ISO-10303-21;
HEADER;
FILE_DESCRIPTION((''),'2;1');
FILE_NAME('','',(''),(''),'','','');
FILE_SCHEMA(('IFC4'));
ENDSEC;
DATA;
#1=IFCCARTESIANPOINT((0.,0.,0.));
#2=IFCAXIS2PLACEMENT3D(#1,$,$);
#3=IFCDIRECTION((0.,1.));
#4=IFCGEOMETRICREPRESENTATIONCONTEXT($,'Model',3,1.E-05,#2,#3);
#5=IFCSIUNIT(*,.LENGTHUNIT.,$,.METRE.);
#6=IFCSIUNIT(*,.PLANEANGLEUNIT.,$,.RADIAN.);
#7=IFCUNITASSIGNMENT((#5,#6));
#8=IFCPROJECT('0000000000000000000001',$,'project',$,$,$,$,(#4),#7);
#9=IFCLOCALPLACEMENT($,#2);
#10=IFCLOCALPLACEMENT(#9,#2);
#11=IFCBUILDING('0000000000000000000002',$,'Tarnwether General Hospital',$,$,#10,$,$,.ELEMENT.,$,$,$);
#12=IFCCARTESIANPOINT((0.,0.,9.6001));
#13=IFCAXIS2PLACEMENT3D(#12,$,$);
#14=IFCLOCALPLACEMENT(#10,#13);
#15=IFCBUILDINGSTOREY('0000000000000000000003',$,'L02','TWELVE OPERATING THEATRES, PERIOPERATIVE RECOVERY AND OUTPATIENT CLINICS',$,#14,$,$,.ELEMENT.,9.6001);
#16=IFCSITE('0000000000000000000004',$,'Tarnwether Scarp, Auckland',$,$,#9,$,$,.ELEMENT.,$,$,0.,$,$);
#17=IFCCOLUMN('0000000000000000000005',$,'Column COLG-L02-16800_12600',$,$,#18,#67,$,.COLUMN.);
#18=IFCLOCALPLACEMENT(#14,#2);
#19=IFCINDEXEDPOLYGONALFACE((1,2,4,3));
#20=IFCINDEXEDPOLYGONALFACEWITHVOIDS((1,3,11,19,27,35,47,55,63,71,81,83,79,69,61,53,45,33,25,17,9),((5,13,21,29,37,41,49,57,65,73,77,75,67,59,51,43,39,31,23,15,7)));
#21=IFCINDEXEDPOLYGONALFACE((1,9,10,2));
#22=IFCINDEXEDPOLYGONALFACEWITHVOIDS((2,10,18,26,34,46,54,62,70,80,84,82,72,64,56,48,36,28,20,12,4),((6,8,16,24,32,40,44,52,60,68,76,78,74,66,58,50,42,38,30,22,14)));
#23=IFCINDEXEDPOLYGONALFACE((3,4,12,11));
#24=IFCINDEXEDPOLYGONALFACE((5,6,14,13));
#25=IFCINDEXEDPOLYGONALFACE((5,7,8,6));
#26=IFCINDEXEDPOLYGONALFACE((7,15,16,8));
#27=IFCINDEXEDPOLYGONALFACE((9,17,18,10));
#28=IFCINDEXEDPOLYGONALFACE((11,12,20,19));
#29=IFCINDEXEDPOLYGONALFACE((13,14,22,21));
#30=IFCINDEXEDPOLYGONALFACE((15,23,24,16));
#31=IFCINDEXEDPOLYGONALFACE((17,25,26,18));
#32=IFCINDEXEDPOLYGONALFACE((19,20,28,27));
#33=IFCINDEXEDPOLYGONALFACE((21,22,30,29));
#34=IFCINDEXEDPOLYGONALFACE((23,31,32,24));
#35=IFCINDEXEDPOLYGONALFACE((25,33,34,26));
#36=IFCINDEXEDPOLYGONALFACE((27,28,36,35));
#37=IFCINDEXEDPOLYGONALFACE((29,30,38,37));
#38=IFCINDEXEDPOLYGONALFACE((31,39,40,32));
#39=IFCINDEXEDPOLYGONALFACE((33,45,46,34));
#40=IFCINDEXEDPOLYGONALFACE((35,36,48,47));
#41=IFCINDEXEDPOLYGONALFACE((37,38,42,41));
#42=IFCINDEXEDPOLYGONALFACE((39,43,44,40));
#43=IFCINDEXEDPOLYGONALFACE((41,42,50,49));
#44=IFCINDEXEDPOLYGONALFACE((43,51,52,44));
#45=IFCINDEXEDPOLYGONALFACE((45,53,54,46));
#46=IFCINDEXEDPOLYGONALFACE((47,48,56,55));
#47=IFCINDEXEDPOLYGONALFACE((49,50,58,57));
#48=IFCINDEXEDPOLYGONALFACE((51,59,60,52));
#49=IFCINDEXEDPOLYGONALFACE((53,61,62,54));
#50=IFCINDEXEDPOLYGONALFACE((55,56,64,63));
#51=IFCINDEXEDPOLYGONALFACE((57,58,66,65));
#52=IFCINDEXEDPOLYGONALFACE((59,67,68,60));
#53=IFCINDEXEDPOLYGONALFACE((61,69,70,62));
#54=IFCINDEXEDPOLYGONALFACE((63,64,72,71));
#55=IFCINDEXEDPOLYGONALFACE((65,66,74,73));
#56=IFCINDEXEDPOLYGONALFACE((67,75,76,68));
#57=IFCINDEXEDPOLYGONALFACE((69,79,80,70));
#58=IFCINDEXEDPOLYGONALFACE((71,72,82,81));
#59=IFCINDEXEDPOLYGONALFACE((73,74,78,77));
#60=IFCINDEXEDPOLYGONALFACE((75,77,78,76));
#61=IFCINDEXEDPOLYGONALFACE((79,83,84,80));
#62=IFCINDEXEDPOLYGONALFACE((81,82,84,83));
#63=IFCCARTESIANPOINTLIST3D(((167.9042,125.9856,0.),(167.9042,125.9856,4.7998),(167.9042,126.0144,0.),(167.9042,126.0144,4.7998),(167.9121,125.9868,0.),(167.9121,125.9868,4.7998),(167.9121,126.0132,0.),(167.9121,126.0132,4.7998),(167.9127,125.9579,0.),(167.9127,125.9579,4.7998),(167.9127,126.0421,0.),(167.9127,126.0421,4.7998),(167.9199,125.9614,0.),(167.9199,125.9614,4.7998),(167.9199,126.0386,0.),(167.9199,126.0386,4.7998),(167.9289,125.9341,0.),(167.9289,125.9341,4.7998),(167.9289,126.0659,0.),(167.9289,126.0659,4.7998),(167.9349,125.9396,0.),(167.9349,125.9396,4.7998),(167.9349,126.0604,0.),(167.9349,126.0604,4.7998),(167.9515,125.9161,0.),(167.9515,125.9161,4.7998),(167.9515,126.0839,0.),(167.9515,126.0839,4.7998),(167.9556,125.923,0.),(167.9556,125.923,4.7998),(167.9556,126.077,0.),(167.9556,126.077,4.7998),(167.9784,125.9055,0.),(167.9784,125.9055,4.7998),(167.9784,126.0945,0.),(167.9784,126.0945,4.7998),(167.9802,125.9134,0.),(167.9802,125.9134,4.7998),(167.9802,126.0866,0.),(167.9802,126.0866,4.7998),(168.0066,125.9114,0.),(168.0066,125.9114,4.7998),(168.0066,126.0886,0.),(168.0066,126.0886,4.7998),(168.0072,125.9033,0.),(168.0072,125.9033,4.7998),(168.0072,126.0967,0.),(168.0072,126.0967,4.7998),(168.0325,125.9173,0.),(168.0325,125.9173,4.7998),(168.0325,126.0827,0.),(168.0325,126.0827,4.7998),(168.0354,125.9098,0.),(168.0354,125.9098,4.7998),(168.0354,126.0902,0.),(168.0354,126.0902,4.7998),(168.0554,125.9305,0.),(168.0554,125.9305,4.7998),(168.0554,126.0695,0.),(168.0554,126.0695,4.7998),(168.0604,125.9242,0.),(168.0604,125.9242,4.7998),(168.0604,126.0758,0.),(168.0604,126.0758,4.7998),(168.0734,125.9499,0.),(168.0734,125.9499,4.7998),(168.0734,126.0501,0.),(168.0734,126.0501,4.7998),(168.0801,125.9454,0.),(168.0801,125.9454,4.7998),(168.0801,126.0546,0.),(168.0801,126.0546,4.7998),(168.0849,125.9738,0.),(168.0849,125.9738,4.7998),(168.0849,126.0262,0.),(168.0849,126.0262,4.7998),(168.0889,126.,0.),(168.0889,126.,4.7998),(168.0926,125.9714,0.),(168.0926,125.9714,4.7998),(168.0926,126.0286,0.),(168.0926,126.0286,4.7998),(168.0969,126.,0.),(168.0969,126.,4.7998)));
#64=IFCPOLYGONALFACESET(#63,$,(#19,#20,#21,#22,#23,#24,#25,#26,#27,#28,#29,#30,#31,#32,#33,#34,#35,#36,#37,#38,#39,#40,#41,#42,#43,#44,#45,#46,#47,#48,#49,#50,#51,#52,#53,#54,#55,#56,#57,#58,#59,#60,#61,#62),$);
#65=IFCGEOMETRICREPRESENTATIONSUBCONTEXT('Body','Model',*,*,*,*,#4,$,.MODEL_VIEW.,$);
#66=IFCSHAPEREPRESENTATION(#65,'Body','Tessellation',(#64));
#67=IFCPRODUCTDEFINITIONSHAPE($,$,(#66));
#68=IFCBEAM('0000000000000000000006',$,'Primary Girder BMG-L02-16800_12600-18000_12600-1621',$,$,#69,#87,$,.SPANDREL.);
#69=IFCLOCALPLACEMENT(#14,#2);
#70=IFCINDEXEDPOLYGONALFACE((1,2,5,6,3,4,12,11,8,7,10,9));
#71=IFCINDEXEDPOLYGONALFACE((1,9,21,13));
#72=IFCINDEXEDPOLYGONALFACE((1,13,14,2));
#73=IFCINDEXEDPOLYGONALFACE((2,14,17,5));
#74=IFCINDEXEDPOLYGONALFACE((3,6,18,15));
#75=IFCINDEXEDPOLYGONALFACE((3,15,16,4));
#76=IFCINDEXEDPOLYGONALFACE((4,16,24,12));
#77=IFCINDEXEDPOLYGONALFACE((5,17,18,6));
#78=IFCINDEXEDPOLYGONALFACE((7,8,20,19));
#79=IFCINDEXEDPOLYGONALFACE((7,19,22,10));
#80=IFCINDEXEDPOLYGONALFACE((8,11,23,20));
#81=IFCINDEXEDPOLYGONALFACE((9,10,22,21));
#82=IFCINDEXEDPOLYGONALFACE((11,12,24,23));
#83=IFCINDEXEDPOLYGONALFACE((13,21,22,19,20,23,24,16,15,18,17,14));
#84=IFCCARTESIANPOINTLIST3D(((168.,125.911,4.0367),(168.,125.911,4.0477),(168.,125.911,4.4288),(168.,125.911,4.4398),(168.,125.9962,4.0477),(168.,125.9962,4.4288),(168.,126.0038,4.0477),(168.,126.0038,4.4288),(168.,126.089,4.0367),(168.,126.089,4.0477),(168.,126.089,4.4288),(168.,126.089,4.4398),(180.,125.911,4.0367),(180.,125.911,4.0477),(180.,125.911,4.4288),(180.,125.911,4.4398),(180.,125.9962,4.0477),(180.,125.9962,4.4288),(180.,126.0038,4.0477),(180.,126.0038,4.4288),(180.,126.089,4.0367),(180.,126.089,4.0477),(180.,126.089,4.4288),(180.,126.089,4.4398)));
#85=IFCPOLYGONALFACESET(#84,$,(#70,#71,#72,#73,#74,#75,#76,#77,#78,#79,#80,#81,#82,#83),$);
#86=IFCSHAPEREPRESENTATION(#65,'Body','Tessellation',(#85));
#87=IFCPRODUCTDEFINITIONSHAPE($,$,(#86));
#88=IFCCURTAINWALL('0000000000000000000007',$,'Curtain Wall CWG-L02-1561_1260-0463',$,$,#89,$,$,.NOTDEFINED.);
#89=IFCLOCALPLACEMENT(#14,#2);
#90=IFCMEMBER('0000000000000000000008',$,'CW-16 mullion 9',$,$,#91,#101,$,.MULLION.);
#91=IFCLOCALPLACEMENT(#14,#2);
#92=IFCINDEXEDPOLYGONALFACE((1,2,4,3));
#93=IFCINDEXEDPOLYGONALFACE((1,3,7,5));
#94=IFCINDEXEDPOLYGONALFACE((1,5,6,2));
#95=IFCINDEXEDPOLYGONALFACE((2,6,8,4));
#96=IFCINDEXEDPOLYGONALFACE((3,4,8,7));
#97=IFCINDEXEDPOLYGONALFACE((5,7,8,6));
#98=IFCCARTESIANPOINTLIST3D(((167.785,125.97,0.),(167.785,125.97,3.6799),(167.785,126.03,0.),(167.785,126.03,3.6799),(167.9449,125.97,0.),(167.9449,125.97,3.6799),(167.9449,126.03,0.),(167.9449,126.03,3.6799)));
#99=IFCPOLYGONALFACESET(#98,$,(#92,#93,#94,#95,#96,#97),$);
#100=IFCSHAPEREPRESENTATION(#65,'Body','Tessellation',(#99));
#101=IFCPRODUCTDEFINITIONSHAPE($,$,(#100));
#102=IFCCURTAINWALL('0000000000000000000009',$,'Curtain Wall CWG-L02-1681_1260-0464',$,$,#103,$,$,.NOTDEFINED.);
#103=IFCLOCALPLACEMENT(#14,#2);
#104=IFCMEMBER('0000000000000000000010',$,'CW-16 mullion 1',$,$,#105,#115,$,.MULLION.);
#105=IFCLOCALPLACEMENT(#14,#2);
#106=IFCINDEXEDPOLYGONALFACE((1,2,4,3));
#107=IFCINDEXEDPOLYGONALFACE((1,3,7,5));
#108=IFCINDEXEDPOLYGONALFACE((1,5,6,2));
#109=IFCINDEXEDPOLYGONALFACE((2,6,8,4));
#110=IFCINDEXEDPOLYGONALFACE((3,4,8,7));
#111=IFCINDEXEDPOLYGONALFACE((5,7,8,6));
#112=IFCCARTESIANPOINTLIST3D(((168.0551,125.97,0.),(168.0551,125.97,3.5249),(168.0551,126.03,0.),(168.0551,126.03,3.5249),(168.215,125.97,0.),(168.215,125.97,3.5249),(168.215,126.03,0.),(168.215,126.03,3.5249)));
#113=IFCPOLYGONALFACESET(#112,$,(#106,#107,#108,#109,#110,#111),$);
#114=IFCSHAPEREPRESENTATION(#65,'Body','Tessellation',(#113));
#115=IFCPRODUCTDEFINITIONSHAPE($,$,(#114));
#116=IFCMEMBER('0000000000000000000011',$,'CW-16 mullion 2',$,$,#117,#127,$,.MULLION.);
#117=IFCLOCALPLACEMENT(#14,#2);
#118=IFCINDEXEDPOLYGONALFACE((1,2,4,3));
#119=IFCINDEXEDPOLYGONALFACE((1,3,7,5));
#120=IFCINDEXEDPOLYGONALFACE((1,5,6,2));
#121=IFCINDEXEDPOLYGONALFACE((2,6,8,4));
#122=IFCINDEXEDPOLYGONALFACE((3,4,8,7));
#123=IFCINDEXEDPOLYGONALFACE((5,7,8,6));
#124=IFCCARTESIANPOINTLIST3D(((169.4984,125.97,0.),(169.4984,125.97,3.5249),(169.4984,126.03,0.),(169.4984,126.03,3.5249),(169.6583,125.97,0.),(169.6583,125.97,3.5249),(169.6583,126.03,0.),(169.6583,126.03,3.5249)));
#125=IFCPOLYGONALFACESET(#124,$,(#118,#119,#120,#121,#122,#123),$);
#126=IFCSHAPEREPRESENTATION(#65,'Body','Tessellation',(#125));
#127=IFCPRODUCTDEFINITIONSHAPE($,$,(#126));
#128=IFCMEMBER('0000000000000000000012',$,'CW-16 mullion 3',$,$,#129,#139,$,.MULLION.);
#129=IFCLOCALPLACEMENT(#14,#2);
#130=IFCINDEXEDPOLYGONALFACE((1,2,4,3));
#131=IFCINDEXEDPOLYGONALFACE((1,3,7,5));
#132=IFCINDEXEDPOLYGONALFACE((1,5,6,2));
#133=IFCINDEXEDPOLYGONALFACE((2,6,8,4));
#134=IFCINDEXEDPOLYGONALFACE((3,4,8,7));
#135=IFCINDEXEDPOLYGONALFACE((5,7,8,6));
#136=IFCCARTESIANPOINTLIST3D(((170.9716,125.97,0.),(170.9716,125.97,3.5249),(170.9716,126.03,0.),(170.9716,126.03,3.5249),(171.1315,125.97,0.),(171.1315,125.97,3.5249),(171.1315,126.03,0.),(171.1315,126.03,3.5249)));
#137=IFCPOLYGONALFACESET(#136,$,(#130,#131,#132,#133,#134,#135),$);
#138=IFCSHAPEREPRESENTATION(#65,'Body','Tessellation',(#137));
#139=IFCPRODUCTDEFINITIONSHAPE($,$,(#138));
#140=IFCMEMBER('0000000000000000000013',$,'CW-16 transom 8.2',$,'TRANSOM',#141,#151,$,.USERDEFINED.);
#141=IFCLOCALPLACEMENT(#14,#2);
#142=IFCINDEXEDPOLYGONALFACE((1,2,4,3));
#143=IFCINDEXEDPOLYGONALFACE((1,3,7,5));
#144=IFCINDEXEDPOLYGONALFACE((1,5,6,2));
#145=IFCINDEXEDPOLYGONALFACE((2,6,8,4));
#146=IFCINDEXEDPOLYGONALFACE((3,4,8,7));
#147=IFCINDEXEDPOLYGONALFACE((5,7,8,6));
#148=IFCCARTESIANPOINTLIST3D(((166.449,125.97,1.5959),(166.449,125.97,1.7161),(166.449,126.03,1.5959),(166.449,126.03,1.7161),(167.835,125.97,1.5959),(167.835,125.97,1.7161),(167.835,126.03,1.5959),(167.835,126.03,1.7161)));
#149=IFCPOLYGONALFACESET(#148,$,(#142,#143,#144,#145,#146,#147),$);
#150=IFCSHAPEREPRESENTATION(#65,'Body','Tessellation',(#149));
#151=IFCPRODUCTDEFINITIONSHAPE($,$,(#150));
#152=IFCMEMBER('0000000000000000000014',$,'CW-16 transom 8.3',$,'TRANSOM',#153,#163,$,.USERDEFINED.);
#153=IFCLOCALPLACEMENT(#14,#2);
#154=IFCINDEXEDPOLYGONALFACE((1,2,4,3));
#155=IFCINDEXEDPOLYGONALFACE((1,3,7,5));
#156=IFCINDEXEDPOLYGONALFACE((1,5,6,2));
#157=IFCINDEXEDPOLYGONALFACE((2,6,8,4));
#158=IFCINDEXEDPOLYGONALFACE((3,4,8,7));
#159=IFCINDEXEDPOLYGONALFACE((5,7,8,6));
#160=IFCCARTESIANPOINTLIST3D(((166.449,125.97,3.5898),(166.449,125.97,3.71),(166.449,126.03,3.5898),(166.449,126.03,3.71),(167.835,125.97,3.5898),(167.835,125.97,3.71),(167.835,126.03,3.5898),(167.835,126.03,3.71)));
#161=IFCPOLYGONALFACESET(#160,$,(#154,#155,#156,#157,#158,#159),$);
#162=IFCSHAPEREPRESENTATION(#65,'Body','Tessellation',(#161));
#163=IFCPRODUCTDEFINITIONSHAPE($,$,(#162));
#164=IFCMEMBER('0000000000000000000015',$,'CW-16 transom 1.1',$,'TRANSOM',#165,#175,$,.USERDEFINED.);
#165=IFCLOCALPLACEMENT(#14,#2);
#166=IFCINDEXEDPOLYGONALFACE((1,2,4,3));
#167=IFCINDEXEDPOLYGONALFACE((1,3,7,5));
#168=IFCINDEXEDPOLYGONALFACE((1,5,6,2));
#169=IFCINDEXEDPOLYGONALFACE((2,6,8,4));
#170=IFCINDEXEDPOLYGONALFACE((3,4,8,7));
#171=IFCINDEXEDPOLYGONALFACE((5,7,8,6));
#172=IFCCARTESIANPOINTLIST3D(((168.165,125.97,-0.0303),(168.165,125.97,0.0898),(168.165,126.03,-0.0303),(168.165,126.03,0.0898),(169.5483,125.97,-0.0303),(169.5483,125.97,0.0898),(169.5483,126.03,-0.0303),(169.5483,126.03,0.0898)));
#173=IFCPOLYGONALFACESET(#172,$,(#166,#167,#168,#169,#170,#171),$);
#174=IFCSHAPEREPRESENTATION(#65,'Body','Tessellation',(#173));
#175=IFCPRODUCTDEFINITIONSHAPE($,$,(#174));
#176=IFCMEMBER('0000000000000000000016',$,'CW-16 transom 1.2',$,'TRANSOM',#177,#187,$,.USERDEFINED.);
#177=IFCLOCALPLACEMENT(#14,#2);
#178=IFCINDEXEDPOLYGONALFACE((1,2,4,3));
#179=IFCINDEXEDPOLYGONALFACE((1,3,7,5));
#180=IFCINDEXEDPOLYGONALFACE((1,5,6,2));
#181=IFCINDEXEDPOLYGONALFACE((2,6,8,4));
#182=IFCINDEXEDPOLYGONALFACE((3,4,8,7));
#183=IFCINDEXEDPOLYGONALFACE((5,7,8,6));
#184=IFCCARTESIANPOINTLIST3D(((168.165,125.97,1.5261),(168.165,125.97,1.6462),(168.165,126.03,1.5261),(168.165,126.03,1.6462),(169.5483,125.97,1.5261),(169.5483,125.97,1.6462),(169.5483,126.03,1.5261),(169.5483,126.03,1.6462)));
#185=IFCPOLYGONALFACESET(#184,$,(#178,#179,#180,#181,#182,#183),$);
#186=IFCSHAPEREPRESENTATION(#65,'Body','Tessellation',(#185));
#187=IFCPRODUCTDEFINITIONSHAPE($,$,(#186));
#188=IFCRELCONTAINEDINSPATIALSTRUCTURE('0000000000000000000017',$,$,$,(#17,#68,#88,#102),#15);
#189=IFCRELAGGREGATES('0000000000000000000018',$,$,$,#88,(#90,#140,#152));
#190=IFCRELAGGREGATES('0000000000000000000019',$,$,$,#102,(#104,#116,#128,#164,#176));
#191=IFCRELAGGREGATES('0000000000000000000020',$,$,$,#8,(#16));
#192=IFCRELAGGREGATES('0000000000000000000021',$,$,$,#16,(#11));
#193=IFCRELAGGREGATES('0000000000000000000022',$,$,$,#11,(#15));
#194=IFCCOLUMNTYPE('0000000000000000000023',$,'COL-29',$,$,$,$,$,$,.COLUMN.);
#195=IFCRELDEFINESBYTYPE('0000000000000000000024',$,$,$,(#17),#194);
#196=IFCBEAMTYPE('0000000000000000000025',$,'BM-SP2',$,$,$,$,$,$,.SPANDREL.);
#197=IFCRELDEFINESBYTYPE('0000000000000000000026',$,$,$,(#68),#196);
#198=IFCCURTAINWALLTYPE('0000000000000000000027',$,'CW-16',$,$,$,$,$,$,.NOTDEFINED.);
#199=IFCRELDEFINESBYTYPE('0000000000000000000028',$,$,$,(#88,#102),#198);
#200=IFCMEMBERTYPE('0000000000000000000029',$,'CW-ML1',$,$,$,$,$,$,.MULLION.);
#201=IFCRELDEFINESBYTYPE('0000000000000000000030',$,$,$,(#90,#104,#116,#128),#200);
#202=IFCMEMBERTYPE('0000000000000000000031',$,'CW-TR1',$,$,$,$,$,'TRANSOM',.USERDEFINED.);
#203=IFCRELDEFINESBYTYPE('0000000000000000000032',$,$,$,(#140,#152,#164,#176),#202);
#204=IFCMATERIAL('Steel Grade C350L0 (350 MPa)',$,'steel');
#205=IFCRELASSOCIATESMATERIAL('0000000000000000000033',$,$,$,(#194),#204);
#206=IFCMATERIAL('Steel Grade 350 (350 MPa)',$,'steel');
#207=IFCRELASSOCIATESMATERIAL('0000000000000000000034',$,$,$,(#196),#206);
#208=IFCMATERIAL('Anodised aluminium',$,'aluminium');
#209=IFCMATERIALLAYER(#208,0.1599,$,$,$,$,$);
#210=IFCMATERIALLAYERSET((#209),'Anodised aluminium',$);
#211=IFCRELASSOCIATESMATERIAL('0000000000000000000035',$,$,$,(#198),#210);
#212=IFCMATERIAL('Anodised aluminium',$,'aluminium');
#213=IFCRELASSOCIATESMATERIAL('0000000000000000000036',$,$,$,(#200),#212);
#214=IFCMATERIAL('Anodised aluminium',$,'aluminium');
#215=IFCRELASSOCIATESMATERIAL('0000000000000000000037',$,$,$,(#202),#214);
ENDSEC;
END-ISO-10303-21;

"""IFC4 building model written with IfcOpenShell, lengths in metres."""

from ifc_helpers import new_model, si_unit, direction, frame, origin, origin_2d, place, context, subcontext, project, spatial, rectangle, hollow_circle, i_section, extrude, material, layer, layer_set, material_profile, profile_set, type_object, element, aggregate, save


model = new_model("IFC4")

# Units and contexts
model_context = context("Model", 3, precision=1e-05, world=origin(), true_north=direction((0.0, 1.0)))
body_context = subcontext(model_context, "Body", "Model", "MODEL_VIEW")
ifc_project = project(units=[si_unit("LENGTHUNIT", "METRE"), si_unit("PLANEANGLEUNIT", "RADIAN")], contexts=[model_context])

# Site, building, storey
site_placement = place(None, origin())
site = spatial("IfcSite", under=ifc_project, at=site_placement, Name="Tarnwether Scarp, Auckland", CompositionType="ELEMENT", RefElevation=0.0)
building_placement = place(site_placement, origin())
building = spatial("IfcBuilding", under=site, at=building_placement, Name="Tarnwether General Hospital", CompositionType="ELEMENT")
storey_placement = place(building_placement, frame((0.0, 0.0, 9.6001)))
storey = spatial("IfcBuildingStorey", under=building, at=storey_placement, Name="L02", Description="TWELVE OPERATING THEATRES, PERIOPERATIVE RECOVERY AND OUTPATIENT CLINICS", CompositionType="ELEMENT", Elevation=9.6001)

# Column
ifc_material_1 = material(Name="Steel Grade C350L0 (350 MPa)", Category="steel")
ifc_material_profile_1 = material_profile(ifc_material_1, hollow_circle(Radius=0.0969, WallThickness=0.0081, at=origin_2d()), Name="CHS193.7x8.0")
ifc_profile_set_1 = profile_set([ifc_material_profile_1], Name="Steel Grade C350L0 (350 MPa)")
column_type = type_object("IfcColumnType", Name="COL-29", PredefinedType="COLUMN", material=ifc_profile_set_1)
column_placement = place(storey_placement, frame((168.0, 126.0, 0.0), z_axis=(0.0, 0.0, 1.0), x_axis=(1.0, 0.0, 0.0)))
element("IfcColumn", 1, at=column_placement, inside=storey, type_object=column_type, Name="Column COLG-L02-16800_12600", PredefinedType="COLUMN", context=body_context, shape_type="SweptSolid", body=[
    extrude(hollow_circle(Radius=0.0969, WallThickness=0.0081, at=origin_2d()), origin(), (0.0, 0.0, 1.0), 4.7998),
])

# Beam
ifc_material_2 = material(Name="Steel Grade 350 (350 MPa)", Category="steel")
ifc_material_profile_2 = material_profile(ifc_material_2, i_section(OverallWidth=0.178, OverallDepth=0.4031, WebThickness=0.0076, FlangeThickness=0.011, at=origin_2d()), Name="410UB53.7")
ifc_profile_set_2 = profile_set([ifc_material_profile_2], Name="Steel Grade 350 (350 MPa)")
beam_type = type_object("IfcBeamType", Name="BM-SP2", PredefinedType="SPANDREL", material=ifc_profile_set_2)
beam_placement = place(storey_placement, frame((168.0, 126.0, 4.2383), z_axis=(1.0, 0.0, 0.0), x_axis=(0.0, 1.0, 0.0)))
element("IfcBeam", 2, at=beam_placement, inside=storey, type_object=beam_type, Name="Primary Girder BMG-L02-16800_12600-18000_12600-1621", PredefinedType="SPANDREL", context=body_context, shape_type="SweptSolid", body=[
    extrude(i_section(OverallWidth=0.178, OverallDepth=0.4031, WebThickness=0.0076, FlangeThickness=0.011, at=origin_2d()), origin(), (0.0, 0.0, 1.0), 12.0),
])

# Curtain wall, member
ifc_material_3 = material(Name="Anodised aluminium", Category="aluminium")
ifc_layer_1 = layer(ifc_material_3, 0.1599)
ifc_layer_set_1 = layer_set([ifc_layer_1], Name="Anodised aluminium")
curtain_wall_type = type_object("IfcCurtainWallType", Name="CW-16", PredefinedType="NOTDEFINED", material=ifc_layer_set_1)
curtain_wall_1_placement = place(storey_placement, origin())
curtain_wall_1 = element("IfcCurtainWall", 3, at=curtain_wall_1_placement, inside=storey, type_object=curtain_wall_type, Name="Curtain Wall CWG-L02-1561_1260-0463", PredefinedType="NOTDEFINED")
ifc_material_4 = material(Name="Anodised aluminium", Category="aluminium")
ifc_material_profile_3 = material_profile(ifc_material_4, rectangle(XDim=0.0601, YDim=0.1599, at=origin_2d()), Name="ALU-MUL-60x160")
ifc_profile_set_3 = profile_set([ifc_material_profile_3], Name="Anodised aluminium")
member_type_1 = type_object("IfcMemberType", Name="CW-ML1", PredefinedType="MULLION", material=ifc_profile_set_3)
member_1_placement = place(storey_placement, frame((167.865, 126.0, 0.0), z_axis=(0.0, 0.0, 1.0), x_axis=(0.0, 1.0, 0.0)))
member_1 = element("IfcMember", 4, at=member_1_placement, type_object=member_type_1, Name="CW-16 mullion 9", PredefinedType="MULLION", context=body_context, shape_type="SweptSolid", body=[
    extrude(rectangle(XDim=0.0601, YDim=0.1599, at=origin_2d()), origin(), (0.0, 0.0, 1.0), 3.6799),
])

# Curtain wall, members
curtain_wall_2_placement = place(storey_placement, origin())
curtain_wall_2 = element("IfcCurtainWall", 5, at=curtain_wall_2_placement, inside=storey, type_object=curtain_wall_type, Name="Curtain Wall CWG-L02-1681_1260-0464", PredefinedType="NOTDEFINED")
member_2_placement = place(storey_placement, frame((168.135, 126.0, 0.0), z_axis=(0.0, 0.0, 1.0), x_axis=(0.0, 1.0, 0.0)))
member_2 = element("IfcMember", 6, at=member_2_placement, type_object=member_type_1, Name="CW-16 mullion 1", PredefinedType="MULLION", context=body_context, shape_type="SweptSolid", body=[
    extrude(rectangle(XDim=0.0601, YDim=0.1599, at=origin_2d()), origin(), (0.0, 0.0, 1.0), 3.5249),
])
member_3_placement = place(storey_placement, frame((169.5784, 126.0, 0.0), z_axis=(0.0, 0.0, 1.0), x_axis=(0.0, 1.0, 0.0)))
member_3 = element("IfcMember", 7, at=member_3_placement, type_object=member_type_1, Name="CW-16 mullion 2", PredefinedType="MULLION", context=body_context, shape_type="SweptSolid", body=[
    extrude(rectangle(XDim=0.0601, YDim=0.1599, at=origin_2d()), origin(), (0.0, 0.0, 1.0), 3.5249),
])
member_4_placement = place(storey_placement, frame((171.0515, 126.0, 0.0), z_axis=(0.0, 0.0, 1.0), x_axis=(0.0, 1.0, 0.0)))
member_4 = element("IfcMember", 8, at=member_4_placement, type_object=member_type_1, Name="CW-16 mullion 3", PredefinedType="MULLION", context=body_context, shape_type="SweptSolid", body=[
    extrude(rectangle(XDim=0.0601, YDim=0.1599, at=origin_2d()), origin(), (0.0, 0.0, 1.0), 3.5249),
])

# Members
ifc_material_5 = material(Name="Anodised aluminium", Category="aluminium")
ifc_material_profile_4 = material_profile(ifc_material_5, rectangle(XDim=0.0601, YDim=0.1201, at=origin_2d()), Name="ALU-TRN-60x120")
ifc_profile_set_4 = profile_set([ifc_material_profile_4], Name="Anodised aluminium")
member_type_2 = type_object("IfcMemberType", Name="CW-TR1", ElementType="TRANSOM", PredefinedType="USERDEFINED", material=ifc_profile_set_4)
member_5_placement = place(storey_placement, frame((166.449, 126.0, 1.656), z_axis=(1.0, 0.0, 0.0), x_axis=(0.0, 1.0, 0.0)))
member_5 = element("IfcMember", 9, at=member_5_placement, type_object=member_type_2, Name="CW-16 transom 8.2", ObjectType="TRANSOM", PredefinedType="USERDEFINED", context=body_context, shape_type="SweptSolid", body=[
    extrude(rectangle(XDim=0.0601, YDim=0.1201, at=origin_2d()), origin(), (0.0, 0.0, 1.0), 1.386),
])
member_6_placement = place(storey_placement, frame((166.449, 126.0, 3.6499), z_axis=(1.0, 0.0, 0.0), x_axis=(0.0, 1.0, 0.0)))
member_6 = element("IfcMember", 10, at=member_6_placement, type_object=member_type_2, Name="CW-16 transom 8.3", ObjectType="TRANSOM", PredefinedType="USERDEFINED", context=body_context, shape_type="SweptSolid", body=[
    extrude(rectangle(XDim=0.0601, YDim=0.1201, at=origin_2d()), origin(), (0.0, 0.0, 1.0), 1.386),
])
member_7_placement = place(storey_placement, frame((168.165, 126.0, 0.0298), z_axis=(1.0, 0.0, 0.0), x_axis=(0.0, 1.0, 0.0)))
member_7 = element("IfcMember", 11, at=member_7_placement, type_object=member_type_2, Name="CW-16 transom 1.1", ObjectType="TRANSOM", PredefinedType="USERDEFINED", context=body_context, shape_type="SweptSolid", body=[
    extrude(rectangle(XDim=0.0601, YDim=0.1201, at=origin_2d()), origin(), (0.0, 0.0, 1.0), 1.3833),
])
member_8_placement = place(storey_placement, frame((168.165, 126.0, 1.5862), z_axis=(1.0, 0.0, 0.0), x_axis=(0.0, 1.0, 0.0)))
member_8 = element("IfcMember", 12, at=member_8_placement, type_object=member_type_2, Name="CW-16 transom 1.2", ObjectType="TRANSOM", PredefinedType="USERDEFINED", context=body_context, shape_type="SweptSolid", body=[
    extrude(rectangle(XDim=0.0601, YDim=0.1201, at=origin_2d()), origin(), (0.0, 0.0, 1.0), 1.3833),
])

aggregate(curtain_wall_1, [member_1, member_5, member_6])
aggregate(curtain_wall_2, [member_2, member_3, member_4, member_7, member_8])

save(model, "model.ifc")
